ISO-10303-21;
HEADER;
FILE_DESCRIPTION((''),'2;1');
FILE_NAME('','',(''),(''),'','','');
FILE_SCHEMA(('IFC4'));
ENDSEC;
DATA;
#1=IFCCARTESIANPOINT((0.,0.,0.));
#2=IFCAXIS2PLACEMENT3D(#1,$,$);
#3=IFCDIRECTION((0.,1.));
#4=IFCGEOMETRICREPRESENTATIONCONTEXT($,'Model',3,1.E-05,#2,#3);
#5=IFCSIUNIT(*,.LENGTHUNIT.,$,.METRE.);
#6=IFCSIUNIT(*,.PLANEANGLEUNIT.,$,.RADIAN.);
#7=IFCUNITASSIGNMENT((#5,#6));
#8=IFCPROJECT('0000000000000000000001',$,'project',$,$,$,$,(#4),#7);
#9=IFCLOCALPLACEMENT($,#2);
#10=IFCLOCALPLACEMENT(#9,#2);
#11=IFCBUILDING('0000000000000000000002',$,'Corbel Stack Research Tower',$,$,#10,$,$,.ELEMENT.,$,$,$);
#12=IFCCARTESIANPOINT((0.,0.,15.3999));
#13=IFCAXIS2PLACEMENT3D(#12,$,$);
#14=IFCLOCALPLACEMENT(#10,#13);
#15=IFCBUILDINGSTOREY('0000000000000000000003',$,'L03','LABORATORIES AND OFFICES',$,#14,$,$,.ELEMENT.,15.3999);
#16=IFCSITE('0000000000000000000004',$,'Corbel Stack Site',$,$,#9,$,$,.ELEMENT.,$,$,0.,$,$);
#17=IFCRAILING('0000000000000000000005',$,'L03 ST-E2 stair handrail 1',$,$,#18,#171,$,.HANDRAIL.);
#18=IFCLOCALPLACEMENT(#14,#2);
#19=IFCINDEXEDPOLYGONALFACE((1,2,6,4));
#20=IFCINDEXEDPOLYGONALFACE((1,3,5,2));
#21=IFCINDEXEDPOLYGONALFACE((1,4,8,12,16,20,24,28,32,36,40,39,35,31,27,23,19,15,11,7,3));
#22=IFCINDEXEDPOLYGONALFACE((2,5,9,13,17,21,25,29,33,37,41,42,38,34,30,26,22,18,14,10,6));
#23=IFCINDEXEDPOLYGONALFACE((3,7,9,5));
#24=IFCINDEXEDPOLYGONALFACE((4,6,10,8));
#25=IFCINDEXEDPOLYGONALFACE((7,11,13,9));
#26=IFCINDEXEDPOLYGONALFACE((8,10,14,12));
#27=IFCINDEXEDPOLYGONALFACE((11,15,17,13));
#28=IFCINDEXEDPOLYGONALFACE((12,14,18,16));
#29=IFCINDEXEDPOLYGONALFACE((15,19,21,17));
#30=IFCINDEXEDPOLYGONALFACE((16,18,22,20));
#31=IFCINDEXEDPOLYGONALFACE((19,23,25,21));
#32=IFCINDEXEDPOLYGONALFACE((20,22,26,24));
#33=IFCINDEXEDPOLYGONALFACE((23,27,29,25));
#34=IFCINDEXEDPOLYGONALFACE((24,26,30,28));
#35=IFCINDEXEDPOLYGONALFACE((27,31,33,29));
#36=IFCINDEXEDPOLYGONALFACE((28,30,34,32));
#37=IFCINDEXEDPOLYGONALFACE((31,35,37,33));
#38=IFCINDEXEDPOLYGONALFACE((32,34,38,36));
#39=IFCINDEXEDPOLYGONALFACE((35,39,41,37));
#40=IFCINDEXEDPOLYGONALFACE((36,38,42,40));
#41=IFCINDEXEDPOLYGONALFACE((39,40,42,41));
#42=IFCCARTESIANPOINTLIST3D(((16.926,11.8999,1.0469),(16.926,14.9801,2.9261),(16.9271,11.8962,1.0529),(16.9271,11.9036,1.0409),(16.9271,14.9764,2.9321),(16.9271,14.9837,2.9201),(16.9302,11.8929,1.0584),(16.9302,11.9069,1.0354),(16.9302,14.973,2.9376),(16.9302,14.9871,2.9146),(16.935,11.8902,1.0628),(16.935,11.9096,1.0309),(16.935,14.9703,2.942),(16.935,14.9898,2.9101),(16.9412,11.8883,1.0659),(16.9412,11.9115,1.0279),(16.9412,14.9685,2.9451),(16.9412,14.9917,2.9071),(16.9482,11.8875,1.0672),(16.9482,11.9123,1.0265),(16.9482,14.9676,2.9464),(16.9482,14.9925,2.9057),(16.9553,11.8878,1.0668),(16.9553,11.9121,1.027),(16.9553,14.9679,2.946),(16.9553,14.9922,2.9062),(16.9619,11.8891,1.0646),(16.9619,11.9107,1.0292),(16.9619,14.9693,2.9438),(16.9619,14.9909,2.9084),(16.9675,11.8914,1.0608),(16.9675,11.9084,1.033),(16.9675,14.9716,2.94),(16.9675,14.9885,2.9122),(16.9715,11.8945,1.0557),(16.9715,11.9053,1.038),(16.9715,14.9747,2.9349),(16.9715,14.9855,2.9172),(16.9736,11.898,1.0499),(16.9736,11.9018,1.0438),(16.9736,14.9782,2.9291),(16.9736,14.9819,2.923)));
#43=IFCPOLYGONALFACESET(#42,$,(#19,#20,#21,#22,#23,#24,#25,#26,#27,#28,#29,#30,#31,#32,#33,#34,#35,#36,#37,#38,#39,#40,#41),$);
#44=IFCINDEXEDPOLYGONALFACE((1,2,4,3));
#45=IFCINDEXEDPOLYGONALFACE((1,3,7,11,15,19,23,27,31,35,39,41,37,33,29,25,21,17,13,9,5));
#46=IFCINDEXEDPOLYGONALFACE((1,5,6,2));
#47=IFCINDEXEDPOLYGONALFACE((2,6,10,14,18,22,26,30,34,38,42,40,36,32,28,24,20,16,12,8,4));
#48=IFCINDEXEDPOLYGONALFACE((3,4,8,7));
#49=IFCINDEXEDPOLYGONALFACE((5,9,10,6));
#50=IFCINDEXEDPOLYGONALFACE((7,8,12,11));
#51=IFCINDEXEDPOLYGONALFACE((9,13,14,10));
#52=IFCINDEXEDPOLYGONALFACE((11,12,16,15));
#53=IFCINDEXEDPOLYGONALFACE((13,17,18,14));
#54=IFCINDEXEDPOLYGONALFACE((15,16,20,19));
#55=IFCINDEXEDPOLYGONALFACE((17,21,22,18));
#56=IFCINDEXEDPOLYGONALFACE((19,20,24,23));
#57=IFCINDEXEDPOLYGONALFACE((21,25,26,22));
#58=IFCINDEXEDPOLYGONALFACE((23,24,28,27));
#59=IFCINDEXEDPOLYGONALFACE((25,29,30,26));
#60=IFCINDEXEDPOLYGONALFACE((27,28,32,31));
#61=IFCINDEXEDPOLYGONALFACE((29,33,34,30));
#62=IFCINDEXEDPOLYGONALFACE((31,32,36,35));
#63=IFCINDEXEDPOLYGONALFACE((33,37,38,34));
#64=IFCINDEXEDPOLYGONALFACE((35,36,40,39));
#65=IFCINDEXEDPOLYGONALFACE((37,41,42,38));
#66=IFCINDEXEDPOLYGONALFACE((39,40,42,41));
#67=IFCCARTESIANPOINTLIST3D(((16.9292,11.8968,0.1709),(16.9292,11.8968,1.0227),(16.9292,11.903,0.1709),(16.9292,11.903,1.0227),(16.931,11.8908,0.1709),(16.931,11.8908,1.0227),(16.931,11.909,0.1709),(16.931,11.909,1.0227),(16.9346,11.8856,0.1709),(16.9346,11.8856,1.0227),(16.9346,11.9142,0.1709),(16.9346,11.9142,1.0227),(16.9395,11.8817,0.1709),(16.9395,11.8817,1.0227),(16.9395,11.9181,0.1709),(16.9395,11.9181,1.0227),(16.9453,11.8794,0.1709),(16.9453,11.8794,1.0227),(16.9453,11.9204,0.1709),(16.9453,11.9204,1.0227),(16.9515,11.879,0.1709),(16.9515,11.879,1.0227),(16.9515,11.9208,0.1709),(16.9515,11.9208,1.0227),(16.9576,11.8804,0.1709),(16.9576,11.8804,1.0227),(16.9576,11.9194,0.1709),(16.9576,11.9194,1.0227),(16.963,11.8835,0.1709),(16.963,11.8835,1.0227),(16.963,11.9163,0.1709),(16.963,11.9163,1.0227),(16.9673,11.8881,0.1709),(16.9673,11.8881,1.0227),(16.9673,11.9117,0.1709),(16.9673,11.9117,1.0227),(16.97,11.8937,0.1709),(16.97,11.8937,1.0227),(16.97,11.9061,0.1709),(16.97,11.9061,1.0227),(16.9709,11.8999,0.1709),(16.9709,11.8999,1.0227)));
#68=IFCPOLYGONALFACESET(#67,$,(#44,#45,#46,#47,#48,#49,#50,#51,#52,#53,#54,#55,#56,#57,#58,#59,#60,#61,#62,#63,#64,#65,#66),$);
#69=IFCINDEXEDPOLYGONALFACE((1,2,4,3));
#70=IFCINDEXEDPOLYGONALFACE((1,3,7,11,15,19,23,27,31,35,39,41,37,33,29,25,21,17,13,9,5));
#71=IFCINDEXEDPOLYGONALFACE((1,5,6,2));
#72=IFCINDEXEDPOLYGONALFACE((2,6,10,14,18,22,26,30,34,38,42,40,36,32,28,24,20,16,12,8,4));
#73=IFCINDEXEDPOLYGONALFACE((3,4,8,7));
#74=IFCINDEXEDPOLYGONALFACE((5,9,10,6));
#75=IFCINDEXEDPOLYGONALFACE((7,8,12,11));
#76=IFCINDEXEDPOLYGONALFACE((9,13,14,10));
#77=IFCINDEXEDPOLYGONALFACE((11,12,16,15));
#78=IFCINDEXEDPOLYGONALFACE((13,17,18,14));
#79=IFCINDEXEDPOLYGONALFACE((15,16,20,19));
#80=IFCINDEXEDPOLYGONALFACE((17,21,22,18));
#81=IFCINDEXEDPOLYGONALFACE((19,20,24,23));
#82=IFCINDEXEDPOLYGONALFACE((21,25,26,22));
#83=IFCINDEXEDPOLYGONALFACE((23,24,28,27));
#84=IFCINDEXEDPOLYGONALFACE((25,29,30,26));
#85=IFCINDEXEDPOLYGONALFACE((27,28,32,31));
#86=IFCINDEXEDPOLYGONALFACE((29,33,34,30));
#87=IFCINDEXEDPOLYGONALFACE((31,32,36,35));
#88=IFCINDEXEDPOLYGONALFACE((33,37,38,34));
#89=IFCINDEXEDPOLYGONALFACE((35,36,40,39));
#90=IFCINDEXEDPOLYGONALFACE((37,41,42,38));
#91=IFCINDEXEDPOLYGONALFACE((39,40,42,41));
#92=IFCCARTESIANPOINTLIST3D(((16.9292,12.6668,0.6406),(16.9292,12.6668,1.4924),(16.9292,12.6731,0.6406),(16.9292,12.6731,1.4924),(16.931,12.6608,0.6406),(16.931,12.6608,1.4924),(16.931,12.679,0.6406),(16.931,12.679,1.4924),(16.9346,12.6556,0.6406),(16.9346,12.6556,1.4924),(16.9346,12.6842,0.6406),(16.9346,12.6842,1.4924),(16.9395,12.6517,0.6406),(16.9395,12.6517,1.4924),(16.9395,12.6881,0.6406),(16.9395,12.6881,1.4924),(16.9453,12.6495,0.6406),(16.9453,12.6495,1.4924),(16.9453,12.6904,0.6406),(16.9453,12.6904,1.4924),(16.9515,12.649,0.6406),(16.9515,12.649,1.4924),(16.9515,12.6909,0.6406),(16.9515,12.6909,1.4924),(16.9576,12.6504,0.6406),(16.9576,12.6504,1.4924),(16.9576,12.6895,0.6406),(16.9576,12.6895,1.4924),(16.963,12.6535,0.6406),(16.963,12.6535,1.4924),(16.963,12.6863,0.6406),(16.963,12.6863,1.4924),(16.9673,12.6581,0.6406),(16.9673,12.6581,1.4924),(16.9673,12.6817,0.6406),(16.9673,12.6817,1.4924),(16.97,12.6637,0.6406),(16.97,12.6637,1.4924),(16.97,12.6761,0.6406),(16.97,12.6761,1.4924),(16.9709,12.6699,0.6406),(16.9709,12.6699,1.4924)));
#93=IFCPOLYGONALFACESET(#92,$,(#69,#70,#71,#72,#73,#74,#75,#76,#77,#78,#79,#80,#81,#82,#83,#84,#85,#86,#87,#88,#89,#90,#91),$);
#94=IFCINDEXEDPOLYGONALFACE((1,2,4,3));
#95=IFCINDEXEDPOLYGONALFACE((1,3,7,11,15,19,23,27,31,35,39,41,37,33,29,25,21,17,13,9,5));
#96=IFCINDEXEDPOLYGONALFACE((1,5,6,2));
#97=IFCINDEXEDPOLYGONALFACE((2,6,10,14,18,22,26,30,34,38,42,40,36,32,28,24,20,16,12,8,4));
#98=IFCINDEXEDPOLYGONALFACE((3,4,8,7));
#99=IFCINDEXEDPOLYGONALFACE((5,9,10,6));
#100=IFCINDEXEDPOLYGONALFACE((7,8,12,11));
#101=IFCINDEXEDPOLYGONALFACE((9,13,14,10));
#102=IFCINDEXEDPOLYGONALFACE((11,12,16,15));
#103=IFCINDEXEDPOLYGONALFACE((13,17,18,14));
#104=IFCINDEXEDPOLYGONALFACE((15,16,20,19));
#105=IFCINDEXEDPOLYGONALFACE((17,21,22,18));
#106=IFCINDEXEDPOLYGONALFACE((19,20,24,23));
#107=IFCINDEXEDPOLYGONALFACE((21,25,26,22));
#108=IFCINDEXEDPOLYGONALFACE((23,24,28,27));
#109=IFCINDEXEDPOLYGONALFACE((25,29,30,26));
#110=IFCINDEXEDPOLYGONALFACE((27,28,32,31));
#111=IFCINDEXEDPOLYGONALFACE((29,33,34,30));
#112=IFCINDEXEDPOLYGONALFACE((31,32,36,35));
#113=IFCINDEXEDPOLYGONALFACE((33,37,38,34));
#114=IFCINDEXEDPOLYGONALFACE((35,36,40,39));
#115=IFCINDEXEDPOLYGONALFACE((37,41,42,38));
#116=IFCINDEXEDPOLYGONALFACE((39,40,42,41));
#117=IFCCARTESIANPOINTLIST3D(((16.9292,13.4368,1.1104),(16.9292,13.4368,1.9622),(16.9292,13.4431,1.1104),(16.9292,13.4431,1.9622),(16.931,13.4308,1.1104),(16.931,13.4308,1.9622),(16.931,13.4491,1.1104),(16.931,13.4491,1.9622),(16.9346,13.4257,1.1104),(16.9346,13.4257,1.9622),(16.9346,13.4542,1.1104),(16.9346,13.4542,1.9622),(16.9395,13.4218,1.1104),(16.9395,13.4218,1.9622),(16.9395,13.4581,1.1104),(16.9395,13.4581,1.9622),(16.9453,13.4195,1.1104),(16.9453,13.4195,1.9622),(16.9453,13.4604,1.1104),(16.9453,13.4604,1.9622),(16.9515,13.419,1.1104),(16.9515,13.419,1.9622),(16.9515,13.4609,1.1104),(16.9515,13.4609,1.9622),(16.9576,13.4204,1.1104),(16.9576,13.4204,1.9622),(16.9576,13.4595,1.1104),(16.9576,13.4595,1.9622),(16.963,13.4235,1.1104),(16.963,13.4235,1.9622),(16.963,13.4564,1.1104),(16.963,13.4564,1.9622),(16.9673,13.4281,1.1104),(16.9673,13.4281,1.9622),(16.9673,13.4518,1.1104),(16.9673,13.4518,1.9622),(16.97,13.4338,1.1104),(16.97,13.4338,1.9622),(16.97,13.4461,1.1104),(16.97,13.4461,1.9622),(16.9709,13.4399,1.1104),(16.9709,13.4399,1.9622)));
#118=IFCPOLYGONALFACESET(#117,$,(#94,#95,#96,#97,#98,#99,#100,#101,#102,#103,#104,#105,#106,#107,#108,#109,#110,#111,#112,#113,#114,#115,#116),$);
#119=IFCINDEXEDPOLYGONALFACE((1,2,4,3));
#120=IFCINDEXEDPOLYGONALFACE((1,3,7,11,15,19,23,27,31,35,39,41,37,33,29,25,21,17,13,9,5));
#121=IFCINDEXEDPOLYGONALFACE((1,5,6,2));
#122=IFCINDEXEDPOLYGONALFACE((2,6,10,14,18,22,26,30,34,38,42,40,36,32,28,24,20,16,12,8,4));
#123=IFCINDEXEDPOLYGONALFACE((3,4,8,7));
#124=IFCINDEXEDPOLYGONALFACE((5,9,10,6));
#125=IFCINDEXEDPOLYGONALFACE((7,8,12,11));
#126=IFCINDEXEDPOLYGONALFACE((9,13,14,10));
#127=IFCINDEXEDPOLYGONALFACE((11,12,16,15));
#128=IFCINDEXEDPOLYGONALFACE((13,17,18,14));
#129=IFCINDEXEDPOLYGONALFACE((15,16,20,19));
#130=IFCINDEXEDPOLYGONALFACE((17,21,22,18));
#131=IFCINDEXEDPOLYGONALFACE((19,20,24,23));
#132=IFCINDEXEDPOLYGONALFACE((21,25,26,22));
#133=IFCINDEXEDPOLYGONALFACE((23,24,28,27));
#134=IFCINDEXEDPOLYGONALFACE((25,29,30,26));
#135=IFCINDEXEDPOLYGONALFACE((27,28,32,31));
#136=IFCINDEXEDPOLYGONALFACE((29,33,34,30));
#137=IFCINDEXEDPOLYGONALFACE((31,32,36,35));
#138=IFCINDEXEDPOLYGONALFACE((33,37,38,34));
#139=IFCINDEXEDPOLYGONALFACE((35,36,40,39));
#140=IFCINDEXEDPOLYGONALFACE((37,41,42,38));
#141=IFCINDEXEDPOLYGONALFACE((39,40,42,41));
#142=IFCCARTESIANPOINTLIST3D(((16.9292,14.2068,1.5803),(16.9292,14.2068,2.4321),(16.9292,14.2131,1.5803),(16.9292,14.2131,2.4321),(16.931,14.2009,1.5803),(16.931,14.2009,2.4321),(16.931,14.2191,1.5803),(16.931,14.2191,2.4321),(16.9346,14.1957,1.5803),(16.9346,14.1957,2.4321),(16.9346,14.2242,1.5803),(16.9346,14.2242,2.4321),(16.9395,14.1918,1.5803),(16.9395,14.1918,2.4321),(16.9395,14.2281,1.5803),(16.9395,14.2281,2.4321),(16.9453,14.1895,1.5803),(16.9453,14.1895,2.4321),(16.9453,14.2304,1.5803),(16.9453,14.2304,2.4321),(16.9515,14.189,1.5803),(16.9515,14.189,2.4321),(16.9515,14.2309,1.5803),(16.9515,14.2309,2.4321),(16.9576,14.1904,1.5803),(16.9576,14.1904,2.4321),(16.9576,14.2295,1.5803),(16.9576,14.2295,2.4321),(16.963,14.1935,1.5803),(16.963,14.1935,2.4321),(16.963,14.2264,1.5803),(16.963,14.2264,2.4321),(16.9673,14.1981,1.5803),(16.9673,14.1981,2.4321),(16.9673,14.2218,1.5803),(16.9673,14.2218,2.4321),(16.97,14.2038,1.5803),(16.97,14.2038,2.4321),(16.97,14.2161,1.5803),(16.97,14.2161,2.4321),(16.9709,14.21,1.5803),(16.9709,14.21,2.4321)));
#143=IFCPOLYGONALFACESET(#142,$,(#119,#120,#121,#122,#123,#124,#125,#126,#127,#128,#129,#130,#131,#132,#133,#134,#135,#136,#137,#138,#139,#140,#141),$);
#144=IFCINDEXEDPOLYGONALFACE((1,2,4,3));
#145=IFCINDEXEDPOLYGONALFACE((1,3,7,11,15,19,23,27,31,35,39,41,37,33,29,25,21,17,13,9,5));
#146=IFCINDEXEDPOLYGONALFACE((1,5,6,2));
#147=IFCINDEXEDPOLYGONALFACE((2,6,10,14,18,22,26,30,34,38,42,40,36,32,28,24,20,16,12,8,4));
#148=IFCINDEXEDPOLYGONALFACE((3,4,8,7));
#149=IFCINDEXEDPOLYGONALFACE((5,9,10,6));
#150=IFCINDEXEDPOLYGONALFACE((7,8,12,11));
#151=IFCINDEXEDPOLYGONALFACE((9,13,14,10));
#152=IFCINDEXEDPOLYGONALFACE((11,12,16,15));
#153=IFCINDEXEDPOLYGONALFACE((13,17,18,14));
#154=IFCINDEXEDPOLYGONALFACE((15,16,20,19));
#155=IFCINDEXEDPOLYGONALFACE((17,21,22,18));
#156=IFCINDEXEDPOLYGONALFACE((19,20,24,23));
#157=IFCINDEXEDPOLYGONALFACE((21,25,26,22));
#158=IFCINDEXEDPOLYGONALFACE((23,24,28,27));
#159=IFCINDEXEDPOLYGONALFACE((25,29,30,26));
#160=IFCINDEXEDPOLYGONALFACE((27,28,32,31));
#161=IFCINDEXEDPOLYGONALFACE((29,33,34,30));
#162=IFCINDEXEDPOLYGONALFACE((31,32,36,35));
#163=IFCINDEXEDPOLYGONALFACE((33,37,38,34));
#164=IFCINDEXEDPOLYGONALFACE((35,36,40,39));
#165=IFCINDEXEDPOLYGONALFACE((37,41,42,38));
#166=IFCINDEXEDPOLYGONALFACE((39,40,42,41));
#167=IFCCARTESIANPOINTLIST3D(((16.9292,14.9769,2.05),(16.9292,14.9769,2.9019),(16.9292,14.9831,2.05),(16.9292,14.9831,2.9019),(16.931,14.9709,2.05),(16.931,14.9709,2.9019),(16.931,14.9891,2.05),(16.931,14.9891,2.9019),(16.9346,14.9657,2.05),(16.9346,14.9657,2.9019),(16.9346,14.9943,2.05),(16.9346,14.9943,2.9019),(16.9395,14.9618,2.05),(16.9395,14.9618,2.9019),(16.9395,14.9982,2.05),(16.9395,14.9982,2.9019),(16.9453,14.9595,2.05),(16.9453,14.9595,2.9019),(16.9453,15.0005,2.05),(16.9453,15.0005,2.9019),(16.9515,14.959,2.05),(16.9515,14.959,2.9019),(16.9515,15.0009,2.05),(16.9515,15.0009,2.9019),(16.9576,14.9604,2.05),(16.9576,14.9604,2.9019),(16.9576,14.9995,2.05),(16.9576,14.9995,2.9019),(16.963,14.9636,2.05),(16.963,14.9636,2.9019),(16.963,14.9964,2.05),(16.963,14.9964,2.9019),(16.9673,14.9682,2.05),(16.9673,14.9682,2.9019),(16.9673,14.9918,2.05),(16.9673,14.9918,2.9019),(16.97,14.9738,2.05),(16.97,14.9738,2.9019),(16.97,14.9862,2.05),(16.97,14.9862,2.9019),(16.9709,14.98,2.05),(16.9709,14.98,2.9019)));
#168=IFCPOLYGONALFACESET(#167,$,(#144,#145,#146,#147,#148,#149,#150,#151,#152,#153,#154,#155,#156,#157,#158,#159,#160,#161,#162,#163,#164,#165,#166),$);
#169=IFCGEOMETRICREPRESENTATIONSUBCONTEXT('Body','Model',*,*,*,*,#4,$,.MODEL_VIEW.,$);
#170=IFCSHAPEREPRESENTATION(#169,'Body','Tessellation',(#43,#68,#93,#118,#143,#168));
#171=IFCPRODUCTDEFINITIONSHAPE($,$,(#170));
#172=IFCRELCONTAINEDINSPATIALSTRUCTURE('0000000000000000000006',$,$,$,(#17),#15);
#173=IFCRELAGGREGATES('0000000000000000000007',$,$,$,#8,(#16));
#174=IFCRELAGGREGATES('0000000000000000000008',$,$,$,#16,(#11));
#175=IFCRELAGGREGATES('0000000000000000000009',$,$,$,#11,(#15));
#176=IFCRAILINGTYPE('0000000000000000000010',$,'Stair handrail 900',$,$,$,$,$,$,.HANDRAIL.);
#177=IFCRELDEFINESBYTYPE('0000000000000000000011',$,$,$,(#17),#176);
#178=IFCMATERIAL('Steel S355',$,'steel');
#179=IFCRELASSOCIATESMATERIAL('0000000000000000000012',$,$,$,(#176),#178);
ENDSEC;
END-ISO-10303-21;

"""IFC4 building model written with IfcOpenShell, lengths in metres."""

from ifc_helpers import new_model, si_unit, direction, frame, origin, origin_2d, place, context, subcontext, project, spatial, circle, extrude, material, type_object, element, save


model = new_model("IFC4")

# Units and contexts
model_context = context("Model", 3, precision=1e-05, world=origin(), true_north=direction((0.0, 1.0)))
body_context = subcontext(model_context, "Body", "Model", "MODEL_VIEW")
ifc_project = project(units=[si_unit("LENGTHUNIT", "METRE"), si_unit("PLANEANGLEUNIT", "RADIAN")], contexts=[model_context])

# Site, building, storey
site_placement = place(None, origin())
site = spatial("IfcSite", under=ifc_project, at=site_placement, Name="Corbel Stack Site", CompositionType="ELEMENT", RefElevation=0.0)
building_placement = place(site_placement, origin())
building = spatial("IfcBuilding", under=site, at=building_placement, Name="Corbel Stack Research Tower", CompositionType="ELEMENT")
storey_placement = place(building_placement, frame((0.0, 0.0, 15.3999)))
storey = spatial("IfcBuildingStorey", under=building, at=storey_placement, Name="L03", Description="LABORATORIES AND OFFICES", CompositionType="ELEMENT", Elevation=15.3999)

# Railing
ifc_material_1 = material(Name="Steel S355", Category="steel")
railing_type_1 = type_object("IfcRailingType", Name="Stair handrail 900", PredefinedType="HANDRAIL", material=ifc_material_1)
railing_1_placement = place(storey_placement, frame((16.95, 11.8999, 0.1709)))
element("IfcRailing", 1, at=railing_1_placement, inside=storey, type_object=railing_type_1, Name="L03 ST-E2 stair handrail 1", PredefinedType="HANDRAIL", context=body_context, shape_type="SweptSolid", body=[
    extrude(circle(Radius=0.0239, at=origin_2d()), frame((0.0, 0.0, 0.876), z_axis=(0.0, 0.853666, 0.52082), x_axis=(-1.0, 0.0, 0.0)), (0.0, 0.0, 1.0), 3.6082),
    extrude(circle(Radius=0.021, at=origin_2d()), origin(), (0.0, 0.0, 1.0), 0.8518),
    extrude(circle(Radius=0.021, at=origin_2d()), frame((0.0, 0.77, 0.4697)), (0.0, 0.0, 1.0), 0.8518),
    extrude(circle(Radius=0.021, at=origin_2d()), frame((0.0, 1.54, 0.9395)), (0.0, 0.0, 1.0), 0.8518),
    extrude(circle(Radius=0.021, at=origin_2d()), frame((0.0, 2.3101, 1.4094)), (0.0, 0.0, 1.0), 0.8518),
    extrude(circle(Radius=0.021, at=origin_2d()), frame((0.0, 3.0801, 1.8792)), (0.0, 0.0, 1.0), 0.8518),
])

save(model, "model.ifc")
